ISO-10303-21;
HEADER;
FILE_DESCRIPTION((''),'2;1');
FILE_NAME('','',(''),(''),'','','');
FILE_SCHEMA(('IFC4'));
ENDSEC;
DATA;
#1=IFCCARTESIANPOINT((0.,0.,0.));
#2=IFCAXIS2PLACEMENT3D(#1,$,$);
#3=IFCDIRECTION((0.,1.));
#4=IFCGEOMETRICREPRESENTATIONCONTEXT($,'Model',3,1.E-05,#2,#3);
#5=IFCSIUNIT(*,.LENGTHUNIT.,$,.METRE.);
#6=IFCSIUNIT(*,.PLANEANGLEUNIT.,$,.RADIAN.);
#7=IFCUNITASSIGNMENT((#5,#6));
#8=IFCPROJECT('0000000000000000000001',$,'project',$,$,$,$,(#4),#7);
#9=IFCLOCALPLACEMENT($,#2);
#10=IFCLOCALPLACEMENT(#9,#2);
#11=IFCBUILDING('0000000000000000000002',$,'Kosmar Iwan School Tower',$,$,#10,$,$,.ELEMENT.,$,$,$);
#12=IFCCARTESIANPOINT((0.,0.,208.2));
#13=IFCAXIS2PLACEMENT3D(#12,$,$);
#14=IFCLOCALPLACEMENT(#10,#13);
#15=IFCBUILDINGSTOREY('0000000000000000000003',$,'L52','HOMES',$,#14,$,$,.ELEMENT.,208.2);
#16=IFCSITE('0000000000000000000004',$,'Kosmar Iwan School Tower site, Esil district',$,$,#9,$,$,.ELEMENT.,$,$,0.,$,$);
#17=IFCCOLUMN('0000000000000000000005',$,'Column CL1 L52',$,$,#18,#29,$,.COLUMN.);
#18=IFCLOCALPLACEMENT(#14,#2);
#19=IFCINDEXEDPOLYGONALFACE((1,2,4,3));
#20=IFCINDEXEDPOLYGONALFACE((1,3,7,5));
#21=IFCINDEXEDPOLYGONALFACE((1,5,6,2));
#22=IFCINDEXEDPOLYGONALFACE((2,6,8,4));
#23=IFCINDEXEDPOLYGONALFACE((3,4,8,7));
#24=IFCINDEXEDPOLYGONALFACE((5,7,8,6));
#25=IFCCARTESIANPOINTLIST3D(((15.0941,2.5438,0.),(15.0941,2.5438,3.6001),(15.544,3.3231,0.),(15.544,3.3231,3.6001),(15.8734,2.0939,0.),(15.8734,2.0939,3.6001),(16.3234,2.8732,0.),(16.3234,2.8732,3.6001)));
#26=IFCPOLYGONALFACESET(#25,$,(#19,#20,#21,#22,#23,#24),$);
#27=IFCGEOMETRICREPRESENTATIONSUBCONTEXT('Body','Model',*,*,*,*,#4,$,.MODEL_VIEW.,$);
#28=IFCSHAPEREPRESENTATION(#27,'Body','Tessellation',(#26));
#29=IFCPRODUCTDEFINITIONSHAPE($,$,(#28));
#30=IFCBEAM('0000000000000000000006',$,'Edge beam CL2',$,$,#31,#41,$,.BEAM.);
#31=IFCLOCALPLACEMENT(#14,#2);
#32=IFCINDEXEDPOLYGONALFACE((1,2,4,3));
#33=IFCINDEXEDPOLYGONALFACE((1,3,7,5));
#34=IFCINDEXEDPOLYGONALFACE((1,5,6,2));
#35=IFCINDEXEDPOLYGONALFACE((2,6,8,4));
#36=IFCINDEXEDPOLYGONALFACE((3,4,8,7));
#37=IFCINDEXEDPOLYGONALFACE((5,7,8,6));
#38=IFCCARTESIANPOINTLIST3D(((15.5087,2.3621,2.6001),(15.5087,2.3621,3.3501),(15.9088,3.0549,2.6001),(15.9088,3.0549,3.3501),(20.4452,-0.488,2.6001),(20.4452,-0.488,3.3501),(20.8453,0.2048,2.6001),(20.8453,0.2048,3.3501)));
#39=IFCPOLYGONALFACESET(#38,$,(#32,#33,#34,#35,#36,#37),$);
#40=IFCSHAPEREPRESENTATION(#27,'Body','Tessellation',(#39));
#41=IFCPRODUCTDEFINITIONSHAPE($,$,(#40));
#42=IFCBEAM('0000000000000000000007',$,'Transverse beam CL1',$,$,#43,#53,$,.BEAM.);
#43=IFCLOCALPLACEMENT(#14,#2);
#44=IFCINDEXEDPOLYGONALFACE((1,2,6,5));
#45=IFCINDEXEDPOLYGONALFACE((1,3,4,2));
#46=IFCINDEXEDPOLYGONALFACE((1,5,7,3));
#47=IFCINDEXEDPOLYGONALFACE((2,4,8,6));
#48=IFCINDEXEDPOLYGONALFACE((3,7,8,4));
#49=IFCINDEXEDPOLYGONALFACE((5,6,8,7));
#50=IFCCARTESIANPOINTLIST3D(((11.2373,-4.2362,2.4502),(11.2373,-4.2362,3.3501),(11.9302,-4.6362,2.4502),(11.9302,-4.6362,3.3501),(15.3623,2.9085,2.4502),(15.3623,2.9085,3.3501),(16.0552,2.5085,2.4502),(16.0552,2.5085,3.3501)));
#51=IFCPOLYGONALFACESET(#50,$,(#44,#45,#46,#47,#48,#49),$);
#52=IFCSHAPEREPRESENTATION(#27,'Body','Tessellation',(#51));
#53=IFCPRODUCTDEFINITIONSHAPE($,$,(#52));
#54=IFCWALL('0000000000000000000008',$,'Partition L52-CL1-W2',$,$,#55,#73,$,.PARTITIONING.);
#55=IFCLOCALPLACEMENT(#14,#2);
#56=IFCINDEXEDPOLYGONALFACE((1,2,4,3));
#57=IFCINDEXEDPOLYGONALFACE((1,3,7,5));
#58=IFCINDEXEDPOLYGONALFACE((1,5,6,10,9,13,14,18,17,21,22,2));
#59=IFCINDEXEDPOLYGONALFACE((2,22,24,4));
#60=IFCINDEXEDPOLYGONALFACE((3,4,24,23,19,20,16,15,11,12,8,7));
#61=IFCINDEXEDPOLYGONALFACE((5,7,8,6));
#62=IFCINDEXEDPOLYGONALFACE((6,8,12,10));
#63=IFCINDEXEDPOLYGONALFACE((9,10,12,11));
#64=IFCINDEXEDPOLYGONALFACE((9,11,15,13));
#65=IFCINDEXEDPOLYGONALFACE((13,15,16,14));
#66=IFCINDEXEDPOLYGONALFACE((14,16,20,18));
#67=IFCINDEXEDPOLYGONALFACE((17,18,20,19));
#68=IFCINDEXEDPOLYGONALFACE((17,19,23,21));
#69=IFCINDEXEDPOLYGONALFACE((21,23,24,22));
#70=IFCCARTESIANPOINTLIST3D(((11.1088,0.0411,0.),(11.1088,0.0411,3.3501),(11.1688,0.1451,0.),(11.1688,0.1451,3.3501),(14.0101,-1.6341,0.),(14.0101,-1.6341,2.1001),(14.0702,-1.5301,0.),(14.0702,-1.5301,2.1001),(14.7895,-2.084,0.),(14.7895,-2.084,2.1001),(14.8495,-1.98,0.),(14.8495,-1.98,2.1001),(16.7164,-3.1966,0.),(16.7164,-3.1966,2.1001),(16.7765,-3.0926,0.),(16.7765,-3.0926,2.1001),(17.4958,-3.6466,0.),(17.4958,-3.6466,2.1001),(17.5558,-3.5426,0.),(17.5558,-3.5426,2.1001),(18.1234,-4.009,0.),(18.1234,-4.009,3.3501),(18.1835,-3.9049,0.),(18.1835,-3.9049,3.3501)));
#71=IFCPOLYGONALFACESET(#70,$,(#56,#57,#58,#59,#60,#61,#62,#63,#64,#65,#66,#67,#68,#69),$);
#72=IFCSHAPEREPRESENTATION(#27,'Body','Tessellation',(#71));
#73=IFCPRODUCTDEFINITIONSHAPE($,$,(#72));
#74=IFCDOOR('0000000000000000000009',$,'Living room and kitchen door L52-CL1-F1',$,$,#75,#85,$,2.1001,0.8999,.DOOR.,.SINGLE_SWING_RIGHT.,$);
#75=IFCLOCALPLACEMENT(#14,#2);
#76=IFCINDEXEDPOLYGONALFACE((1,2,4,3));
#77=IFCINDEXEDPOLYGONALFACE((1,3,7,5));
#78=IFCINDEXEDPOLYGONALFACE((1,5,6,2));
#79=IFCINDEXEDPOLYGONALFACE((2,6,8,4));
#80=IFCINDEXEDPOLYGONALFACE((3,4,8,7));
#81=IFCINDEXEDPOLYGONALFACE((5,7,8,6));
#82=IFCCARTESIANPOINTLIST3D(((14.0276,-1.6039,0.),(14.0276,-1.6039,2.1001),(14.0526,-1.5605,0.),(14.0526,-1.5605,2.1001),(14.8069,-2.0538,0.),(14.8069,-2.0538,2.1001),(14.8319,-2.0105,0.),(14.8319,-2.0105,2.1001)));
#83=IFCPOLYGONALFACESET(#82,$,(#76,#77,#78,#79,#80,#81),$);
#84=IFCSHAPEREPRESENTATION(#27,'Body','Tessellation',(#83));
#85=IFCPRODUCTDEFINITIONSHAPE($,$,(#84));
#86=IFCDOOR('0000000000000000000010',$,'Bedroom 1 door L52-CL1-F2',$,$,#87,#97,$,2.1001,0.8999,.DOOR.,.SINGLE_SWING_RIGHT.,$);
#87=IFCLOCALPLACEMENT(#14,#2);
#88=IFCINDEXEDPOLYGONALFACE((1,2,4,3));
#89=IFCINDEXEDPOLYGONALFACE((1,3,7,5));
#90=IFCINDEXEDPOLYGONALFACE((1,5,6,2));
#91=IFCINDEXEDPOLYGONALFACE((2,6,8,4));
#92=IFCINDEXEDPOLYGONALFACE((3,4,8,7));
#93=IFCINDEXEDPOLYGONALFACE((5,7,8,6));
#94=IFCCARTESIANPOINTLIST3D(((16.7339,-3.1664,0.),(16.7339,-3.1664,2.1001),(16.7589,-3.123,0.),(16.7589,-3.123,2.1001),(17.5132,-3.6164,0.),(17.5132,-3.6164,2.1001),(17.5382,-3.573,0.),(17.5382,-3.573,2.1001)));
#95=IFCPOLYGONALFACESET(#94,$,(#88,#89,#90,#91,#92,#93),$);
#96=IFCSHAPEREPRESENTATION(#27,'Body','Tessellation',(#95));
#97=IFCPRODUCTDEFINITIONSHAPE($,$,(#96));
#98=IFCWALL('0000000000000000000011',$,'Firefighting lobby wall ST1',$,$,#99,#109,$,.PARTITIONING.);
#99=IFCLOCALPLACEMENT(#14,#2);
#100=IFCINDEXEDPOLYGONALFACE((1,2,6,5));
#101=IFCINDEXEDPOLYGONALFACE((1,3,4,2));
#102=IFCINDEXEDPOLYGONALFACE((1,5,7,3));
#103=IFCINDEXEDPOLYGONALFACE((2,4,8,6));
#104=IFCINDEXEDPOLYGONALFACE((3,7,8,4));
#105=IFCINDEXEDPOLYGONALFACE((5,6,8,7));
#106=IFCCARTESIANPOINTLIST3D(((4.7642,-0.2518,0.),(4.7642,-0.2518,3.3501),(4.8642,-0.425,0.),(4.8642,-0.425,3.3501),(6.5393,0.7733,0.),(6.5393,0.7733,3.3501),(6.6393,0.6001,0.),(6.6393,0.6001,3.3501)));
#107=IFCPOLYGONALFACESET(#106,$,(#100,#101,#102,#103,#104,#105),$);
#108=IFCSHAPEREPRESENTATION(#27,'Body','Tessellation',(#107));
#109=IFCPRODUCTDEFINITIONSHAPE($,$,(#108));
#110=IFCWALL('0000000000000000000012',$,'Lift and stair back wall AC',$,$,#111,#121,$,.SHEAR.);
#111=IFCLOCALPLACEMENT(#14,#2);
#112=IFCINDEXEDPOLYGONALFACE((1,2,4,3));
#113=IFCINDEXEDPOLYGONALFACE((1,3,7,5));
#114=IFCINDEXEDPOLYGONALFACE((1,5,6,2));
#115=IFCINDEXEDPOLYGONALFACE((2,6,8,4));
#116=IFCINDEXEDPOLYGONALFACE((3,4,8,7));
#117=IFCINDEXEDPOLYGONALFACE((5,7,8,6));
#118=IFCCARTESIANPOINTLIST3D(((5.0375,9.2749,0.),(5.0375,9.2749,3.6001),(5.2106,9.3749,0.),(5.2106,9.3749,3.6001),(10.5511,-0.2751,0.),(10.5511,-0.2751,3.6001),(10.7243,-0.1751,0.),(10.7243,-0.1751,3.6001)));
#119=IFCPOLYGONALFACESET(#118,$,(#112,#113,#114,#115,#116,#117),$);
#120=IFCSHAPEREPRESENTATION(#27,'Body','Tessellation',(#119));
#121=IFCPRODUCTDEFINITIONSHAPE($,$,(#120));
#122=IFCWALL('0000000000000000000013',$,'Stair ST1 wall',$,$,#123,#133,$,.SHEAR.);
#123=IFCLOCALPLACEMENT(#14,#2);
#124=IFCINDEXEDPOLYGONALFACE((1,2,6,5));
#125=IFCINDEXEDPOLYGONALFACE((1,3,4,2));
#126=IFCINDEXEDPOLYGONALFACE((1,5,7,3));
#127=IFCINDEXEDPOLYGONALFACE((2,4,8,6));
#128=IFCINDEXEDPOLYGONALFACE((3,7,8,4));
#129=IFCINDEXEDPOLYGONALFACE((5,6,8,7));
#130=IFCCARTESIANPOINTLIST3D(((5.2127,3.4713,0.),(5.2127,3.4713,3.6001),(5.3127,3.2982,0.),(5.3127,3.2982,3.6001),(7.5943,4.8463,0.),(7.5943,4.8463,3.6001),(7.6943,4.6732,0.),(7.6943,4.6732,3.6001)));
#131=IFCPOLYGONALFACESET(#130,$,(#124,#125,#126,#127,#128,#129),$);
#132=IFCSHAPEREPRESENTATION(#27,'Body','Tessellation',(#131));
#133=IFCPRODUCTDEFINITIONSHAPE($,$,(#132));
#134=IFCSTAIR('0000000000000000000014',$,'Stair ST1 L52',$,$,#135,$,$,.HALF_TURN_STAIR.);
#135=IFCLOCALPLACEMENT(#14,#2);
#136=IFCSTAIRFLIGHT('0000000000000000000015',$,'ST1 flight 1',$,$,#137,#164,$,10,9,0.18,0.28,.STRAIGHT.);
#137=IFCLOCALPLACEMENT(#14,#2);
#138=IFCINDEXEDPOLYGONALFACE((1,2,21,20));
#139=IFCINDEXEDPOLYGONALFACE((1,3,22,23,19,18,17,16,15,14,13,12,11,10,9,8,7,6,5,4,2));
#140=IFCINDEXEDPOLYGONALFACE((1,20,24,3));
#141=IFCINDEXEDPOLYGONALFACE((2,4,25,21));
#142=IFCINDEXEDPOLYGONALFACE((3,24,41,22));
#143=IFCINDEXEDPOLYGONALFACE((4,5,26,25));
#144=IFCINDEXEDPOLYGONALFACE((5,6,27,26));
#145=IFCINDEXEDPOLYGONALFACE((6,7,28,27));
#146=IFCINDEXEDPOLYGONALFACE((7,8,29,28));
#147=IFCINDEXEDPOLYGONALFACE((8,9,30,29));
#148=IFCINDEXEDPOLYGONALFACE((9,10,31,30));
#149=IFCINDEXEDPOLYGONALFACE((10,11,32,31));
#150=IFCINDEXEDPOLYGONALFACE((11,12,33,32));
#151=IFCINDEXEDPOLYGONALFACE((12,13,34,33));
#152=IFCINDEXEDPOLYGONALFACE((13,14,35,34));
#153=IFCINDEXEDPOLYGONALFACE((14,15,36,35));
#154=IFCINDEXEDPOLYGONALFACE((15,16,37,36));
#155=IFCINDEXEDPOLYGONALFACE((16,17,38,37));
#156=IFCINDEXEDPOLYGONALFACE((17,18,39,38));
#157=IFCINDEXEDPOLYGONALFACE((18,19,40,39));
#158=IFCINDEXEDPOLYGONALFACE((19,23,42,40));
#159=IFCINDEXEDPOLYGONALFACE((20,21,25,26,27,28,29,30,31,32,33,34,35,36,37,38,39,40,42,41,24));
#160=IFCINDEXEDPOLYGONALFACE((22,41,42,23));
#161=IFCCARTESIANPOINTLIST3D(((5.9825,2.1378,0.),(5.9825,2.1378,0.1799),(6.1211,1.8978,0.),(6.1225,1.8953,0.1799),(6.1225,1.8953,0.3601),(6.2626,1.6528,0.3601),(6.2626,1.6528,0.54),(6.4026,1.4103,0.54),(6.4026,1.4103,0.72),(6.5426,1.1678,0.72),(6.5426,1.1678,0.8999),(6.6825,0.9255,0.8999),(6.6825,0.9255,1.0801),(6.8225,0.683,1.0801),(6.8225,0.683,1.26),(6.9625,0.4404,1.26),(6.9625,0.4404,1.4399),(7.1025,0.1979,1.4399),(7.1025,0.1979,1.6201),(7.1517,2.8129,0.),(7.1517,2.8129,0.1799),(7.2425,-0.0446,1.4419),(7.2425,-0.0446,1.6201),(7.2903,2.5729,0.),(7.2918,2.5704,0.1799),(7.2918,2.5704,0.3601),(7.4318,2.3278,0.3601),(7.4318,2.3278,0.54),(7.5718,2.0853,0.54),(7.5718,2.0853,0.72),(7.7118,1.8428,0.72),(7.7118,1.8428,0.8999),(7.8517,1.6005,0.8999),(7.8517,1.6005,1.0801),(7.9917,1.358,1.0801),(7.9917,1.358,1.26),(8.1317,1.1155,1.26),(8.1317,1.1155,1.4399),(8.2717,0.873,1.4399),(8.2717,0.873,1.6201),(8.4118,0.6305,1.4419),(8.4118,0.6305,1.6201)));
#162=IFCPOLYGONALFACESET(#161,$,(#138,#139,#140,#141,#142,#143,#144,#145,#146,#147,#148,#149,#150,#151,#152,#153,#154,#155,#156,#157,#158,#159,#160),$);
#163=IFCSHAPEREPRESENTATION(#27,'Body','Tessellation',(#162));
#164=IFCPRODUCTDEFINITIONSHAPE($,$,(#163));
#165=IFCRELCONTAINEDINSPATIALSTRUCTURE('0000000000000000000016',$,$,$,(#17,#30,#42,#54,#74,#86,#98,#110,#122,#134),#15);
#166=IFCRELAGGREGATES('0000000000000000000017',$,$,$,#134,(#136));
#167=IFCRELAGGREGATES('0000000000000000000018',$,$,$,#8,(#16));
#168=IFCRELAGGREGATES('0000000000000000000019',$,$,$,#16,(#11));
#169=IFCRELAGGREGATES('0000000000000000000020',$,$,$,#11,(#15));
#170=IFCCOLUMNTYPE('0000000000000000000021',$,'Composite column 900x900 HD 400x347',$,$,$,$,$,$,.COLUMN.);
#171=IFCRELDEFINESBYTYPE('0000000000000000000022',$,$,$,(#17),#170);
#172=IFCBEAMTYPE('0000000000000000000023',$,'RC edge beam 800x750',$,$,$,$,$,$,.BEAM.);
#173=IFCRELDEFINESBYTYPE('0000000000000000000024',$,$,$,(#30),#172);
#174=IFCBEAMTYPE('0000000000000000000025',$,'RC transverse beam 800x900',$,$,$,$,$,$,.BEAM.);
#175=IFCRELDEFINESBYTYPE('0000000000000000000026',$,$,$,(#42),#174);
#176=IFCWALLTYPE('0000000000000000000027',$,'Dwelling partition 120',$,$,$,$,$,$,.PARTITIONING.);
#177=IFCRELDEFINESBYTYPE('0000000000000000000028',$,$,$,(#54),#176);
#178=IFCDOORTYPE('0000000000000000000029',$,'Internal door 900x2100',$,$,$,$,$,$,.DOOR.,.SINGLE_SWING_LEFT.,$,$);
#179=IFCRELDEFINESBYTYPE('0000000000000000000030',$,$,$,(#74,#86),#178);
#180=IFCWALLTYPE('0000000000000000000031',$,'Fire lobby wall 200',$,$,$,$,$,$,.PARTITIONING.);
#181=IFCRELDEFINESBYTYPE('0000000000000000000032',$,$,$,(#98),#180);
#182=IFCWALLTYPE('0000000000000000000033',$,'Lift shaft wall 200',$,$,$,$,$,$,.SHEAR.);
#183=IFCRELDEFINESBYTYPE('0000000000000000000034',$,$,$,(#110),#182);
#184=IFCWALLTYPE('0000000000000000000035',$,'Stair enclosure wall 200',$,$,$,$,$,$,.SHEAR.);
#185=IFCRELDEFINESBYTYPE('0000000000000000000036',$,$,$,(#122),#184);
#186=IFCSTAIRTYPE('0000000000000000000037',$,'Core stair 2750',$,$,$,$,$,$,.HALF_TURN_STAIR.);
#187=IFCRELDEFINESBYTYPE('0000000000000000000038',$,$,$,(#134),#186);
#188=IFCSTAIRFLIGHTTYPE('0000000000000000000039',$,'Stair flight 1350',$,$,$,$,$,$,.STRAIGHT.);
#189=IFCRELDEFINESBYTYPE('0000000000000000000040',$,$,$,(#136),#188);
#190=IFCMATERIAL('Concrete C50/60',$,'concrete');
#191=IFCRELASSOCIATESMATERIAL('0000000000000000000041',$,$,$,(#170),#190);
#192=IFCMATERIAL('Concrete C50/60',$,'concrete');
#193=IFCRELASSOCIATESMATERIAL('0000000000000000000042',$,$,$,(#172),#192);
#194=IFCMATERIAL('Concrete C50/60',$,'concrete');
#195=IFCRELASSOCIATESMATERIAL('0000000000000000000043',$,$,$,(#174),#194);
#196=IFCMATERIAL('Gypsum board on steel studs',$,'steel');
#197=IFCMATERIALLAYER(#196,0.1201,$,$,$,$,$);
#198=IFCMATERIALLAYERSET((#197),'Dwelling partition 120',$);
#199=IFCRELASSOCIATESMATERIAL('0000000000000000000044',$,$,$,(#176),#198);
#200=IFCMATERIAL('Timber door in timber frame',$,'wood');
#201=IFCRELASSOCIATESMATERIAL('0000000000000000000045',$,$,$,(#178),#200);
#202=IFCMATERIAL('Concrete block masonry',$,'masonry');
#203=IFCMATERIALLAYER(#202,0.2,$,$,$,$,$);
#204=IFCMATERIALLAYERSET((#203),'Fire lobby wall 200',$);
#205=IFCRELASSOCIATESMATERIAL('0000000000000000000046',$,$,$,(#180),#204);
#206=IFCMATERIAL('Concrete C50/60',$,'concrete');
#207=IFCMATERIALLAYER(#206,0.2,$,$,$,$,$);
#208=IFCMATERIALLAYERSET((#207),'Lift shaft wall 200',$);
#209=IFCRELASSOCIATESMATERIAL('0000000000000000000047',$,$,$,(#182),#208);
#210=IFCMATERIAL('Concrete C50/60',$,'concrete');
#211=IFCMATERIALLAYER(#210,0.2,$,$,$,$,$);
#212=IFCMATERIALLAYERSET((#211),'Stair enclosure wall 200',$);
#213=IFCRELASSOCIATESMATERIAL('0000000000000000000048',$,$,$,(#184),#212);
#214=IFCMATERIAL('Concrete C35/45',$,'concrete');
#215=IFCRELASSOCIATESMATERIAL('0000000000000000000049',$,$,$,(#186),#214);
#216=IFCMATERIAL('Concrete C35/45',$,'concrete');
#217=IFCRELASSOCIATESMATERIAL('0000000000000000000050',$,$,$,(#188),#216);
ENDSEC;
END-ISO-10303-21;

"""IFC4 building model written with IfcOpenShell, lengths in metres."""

from ifc_helpers import new_model, si_unit, direction, frame, frame_2d, origin, origin_2d, place, context, subcontext, project, spatial, polyline, rectangle, outline, extrude, material, layer, layer_set, material_profile, profile_set, type_object, element, fill, aggregate, save


model = new_model("IFC4")

# Units and contexts
model_context = context("Model", 3, precision=1e-05, world=origin(), true_north=direction((0.0, 1.0)))
body_context = subcontext(model_context, "Body", "Model", "MODEL_VIEW")
ifc_project = project(units=[si_unit("LENGTHUNIT", "METRE"), si_unit("PLANEANGLEUNIT", "RADIAN")], contexts=[model_context])

# Site, building, storey
site_placement = place(None, origin())
site = spatial("IfcSite", under=ifc_project, at=site_placement, Name="Kosmar Iwan School Tower site, Esil district", CompositionType="ELEMENT", RefElevation=0.0)
building_placement = place(site_placement, origin())
building = spatial("IfcBuilding", under=site, at=building_placement, Name="Kosmar Iwan School Tower", CompositionType="ELEMENT")
storey_placement = place(building_placement, frame((0.0, 0.0, 208.2)))
storey = spatial("IfcBuildingStorey", under=building, at=storey_placement, Name="L52", Description="HOMES", CompositionType="ELEMENT", Elevation=208.2)

# Column
ifc_material_1 = material(Name="Concrete C50/60", Category="concrete")
ifc_material_profile_1 = material_profile(ifc_material_1, rectangle(XDim=0.8999, YDim=0.8999, at=origin_2d()), Name="RC 900x900 + HD 400x347")
ifc_profile_set_1 = profile_set([ifc_material_profile_1], Name="Concrete C50/60")
column_type = type_object("IfcColumnType", Name="Composite column 900x900 HD 400x347", PredefinedType="COLUMN", material=ifc_profile_set_1)
column_placement = place(storey_placement, frame((15.7087, 2.7085, 0.0), z_axis=(0.0, 0.0, 1.0), x_axis=(0.866025, -0.5, 0.0)))
element("IfcColumn", 1, at=column_placement, inside=storey, type_object=column_type, Name="Column CL1 L52", PredefinedType="COLUMN", context=body_context, shape_type="SweptSolid", body=[
    extrude(rectangle(XDim=0.8999, YDim=0.8999, at=origin_2d()), origin(), (0.0, 0.0, 1.0), 3.6001),
])

# Beams
ifc_material_2 = material(Name="Concrete C50/60", Category="concrete")
ifc_material_profile_2 = material_profile(ifc_material_2, rectangle(XDim=0.8, YDim=0.75, at=origin_2d()), Name="RC 800x750")
ifc_profile_set_2 = profile_set([ifc_material_profile_2], Name="Concrete C50/60")
beam_type_1 = type_object("IfcBeamType", Name="RC edge beam 800x750", PredefinedType="BEAM", material=ifc_profile_set_2)
beam_1_placement = place(storey_placement, frame((15.7087, 2.7085, 2.9751), z_axis=(0.866026, -0.499999, 0.0), x_axis=(0.499999, 0.866026, 0.0)))
element("IfcBeam", 2, at=beam_1_placement, inside=storey, type_object=beam_type_1, Name="Edge beam CL2", PredefinedType="BEAM", context=body_context, shape_type="SweptSolid", body=[
    extrude(rectangle(XDim=0.8, YDim=0.75, at=origin_2d()), origin(), (0.0, 0.0, 1.0), 5.7002),
])
ifc_material_3 = material(Name="Concrete C50/60", Category="concrete")
ifc_material_profile_3 = material_profile(ifc_material_3, rectangle(XDim=0.8, YDim=0.8999, at=origin_2d()), Name="RC 800x900")
ifc_profile_set_3 = profile_set([ifc_material_profile_3], Name="Concrete C50/60")
beam_type_2 = type_object("IfcBeamType", Name="RC transverse beam 800x900", PredefinedType="BEAM", material=ifc_profile_set_3)
beam_2_placement = place(storey_placement, frame((15.7087, 2.7085, 2.9001), z_axis=(-0.499997, -0.866027, 0.0), x_axis=(0.866027, -0.499997, 0.0)))
element("IfcBeam", 3, at=beam_2_placement, inside=storey, type_object=beam_type_2, Name="Transverse beam CL1", PredefinedType="BEAM", context=body_context, shape_type="SweptSolid", body=[
    extrude(rectangle(XDim=0.8, YDim=0.8999, at=origin_2d()), origin(), (0.0, 0.0, 1.0), 8.25),
])

# Wall, openings, doors
ifc_material_4 = material(Name="Gypsum board on steel studs", Category="steel")
ifc_layer_1 = layer(ifc_material_4, 0.1201)
ifc_layer_set_1 = layer_set([ifc_layer_1], Name="Dwelling partition 120")
wall_type_1 = type_object("IfcWallType", Name="Dwelling partition 120", PredefinedType="PARTITIONING", material=ifc_layer_set_1)
wall_1_placement = place(storey_placement, frame((11.1389, 0.093, 0.0), z_axis=(0.0, 0.0, 1.0), x_axis=(0.866018, -0.500013, 0.0)))
wall_1 = element("IfcWall", 4, at=wall_1_placement, inside=storey, type_object=wall_type_1, Name="Partition L52-CL1-W2", PredefinedType="PARTITIONING", context=body_context, shape_type="SweptSolid", body=[
    extrude(rectangle(XDim=8.0999, YDim=0.1201, at=frame_2d((4.0498, 0.0))), origin(), (0.0, 0.0, 1.0), 3.3501),
])
opening_1_placement = place(wall_1_placement, frame((3.3501, 0.0, 0.0)))
opening_1 = element("IfcOpeningElement", 5, at=opening_1_placement, cuts=wall_1, PredefinedType="OPENING", context=body_context, shape_type="SweptSolid", body=[
    extrude(rectangle(XDim=0.8999, YDim=2.1001, at=frame_2d((0.45, 1.05))), frame((0.0, 0.072, 0.0), z_axis=(0.0, -1.0, 0.0), x_axis=(1.0, 0.0, 0.0)), (0.0, 0.0, 1.0), 0.144),
])
opening_2_placement = place(wall_1_placement, frame((6.4751, 0.0, 0.0)))
opening_2 = element("IfcOpeningElement", 6, at=opening_2_placement, cuts=wall_1, PredefinedType="OPENING", context=body_context, shape_type="SweptSolid", body=[
    extrude(rectangle(XDim=0.8999, YDim=2.1001, at=frame_2d((0.45, 1.05))), frame((0.0, 0.072, 0.0), z_axis=(0.0, -1.0, 0.0), x_axis=(1.0, 0.0, 0.0)), (0.0, 0.0, 1.0), 0.144),
])
ifc_material_5 = material(Name="Timber door in timber frame", Category="wood")
door_type = type_object("IfcDoorType", Name="Internal door 900x2100", OperationType="SINGLE_SWING_LEFT", PredefinedType="DOOR", material=ifc_material_5)
door_1_placement = place(opening_1_placement, origin())
door_1 = element("IfcDoor", 7, at=door_1_placement, inside=storey, type_object=door_type, Name="Living room and kitchen door L52-CL1-F1", OperationType="SINGLE_SWING_RIGHT", OverallHeight=2.1001, OverallWidth=0.8999, PredefinedType="DOOR", context=body_context, shape_type="SweptSolid", body=[
    extrude(rectangle(XDim=0.8999, YDim=2.1001, at=frame_2d((0.45, 1.05))), frame((0.0, 0.0249, 0.0), z_axis=(0.0, -1.0, 0.0), x_axis=(1.0, 0.0, 0.0)), (0.0, 0.0, 1.0), 0.05),
])
fill(opening_1, door_1)
door_2_placement = place(opening_2_placement, origin())
door_2 = element("IfcDoor", 8, at=door_2_placement, inside=storey, type_object=door_type, Name="Bedroom 1 door L52-CL1-F2", OperationType="SINGLE_SWING_RIGHT", OverallHeight=2.1001, OverallWidth=0.8999, PredefinedType="DOOR", context=body_context, shape_type="SweptSolid", body=[
    extrude(rectangle(XDim=0.8999, YDim=2.1001, at=frame_2d((0.45, 1.05))), frame((0.0, 0.0249, 0.0), z_axis=(0.0, -1.0, 0.0), x_axis=(1.0, 0.0, 0.0)), (0.0, 0.0, 1.0), 0.05),
])
fill(opening_2, door_2)

# Walls
ifc_material_6 = material(Name="Concrete block masonry", Category="masonry")
ifc_layer_2 = layer(ifc_material_6, 0.2)
ifc_layer_set_2 = layer_set([ifc_layer_2], Name="Fire lobby wall 200")
wall_type_2 = type_object("IfcWallType", Name="Fire lobby wall 200", PredefinedType="PARTITIONING", material=ifc_layer_set_2)
wall_2_placement = place(storey_placement, frame((4.8142, -0.3384, 0.0), z_axis=(0.0, 0.0, 1.0), x_axis=(0.865969, 0.500097, 0.0)))
element("IfcWall", 9, at=wall_2_placement, inside=storey, type_object=wall_type_2, Name="Firefighting lobby wall ST1", PredefinedType="PARTITIONING", context=body_context, shape_type="SweptSolid", body=[
    extrude(rectangle(XDim=2.0498, YDim=0.2, at=frame_2d((1.0249, 0.0))), origin(), (0.0, 0.0, 1.0), 3.3501),
])
ifc_material_7 = material(Name="Concrete C50/60", Category="concrete")
ifc_layer_3 = layer(ifc_material_7, 0.2)
ifc_layer_set_3 = layer_set([ifc_layer_3], Name="Lift shaft wall 200")
wall_type_3 = type_object("IfcWallType", Name="Lift shaft wall 200", PredefinedType="SHEAR", material=ifc_layer_set_3)
wall_3_placement = place(storey_placement, frame((10.6377, -0.2251, 0.0), z_axis=(0.0, 0.0, 1.0), x_axis=(-0.499997, 0.866027, 0.0)))
element("IfcWall", 10, at=wall_3_placement, inside=storey, type_object=wall_type_3, Name="Lift and stair back wall AC", PredefinedType="SHEAR", context=body_context, shape_type="SweptSolid", body=[
    extrude(rectangle(XDim=11.0273, YDim=0.2, at=frame_2d((5.5137, 0.0))), origin(), (0.0, 0.0, 1.0), 3.6001),
])
ifc_material_8 = material(Name="Concrete C50/60", Category="concrete")
ifc_layer_4 = layer(ifc_material_8, 0.2)
ifc_layer_set_4 = layer_set([ifc_layer_4], Name="Stair enclosure wall 200")
wall_type_4 = type_object("IfcWallType", Name="Stair enclosure wall 200", PredefinedType="SHEAR", material=ifc_layer_set_4)
wall_4_placement = place(storey_placement, frame((5.2627, 3.3848, 0.0), z_axis=(0.0, 0.0, 1.0), x_axis=(0.866027, 0.499997, 0.0)))
element("IfcWall", 11, at=wall_4_placement, inside=storey, type_object=wall_type_4, Name="Stair ST1 wall", PredefinedType="SHEAR", context=body_context, shape_type="SweptSolid", body=[
    extrude(rectangle(XDim=2.75, YDim=0.2, at=frame_2d((1.375, 0.0))), origin(), (0.0, 0.0, 1.0), 3.6001),
])

# Stair, stair flight
ifc_material_9 = material(Name="Concrete C35/45", Category="concrete")
stair_type = type_object("IfcStairType", Name="Core stair 2750", PredefinedType="HALF_TURN_STAIR", material=ifc_material_9)
stair_placement = place(storey_placement, origin())
stair = element("IfcStair", 12, at=stair_placement, inside=storey, type_object=stair_type, Name="Stair ST1 L52", PredefinedType="HALF_TURN_STAIR")
ifc_material_10 = material(Name="Concrete C35/45", Category="concrete")
stair_flight_type = type_object("IfcStairFlightType", Name="Stair flight 1350", PredefinedType="STRAIGHT", material=ifc_material_10)
stair_flight_1_placement = place(storey_placement, frame((6.5671, 2.4753, 0.0), z_axis=(0.0, 0.0, 1.0), x_axis=(0.5, -0.866025, 0.0)))
stair_flight_1 = element("IfcStairFlight", 13, at=stair_flight_1_placement, type_object=stair_flight_type, Name="ST1 flight 1", NumberOfRisers=10, NumberOfTreads=9, PredefinedType="STRAIGHT", RiserHeight=0.18, TreadLength=0.28, context=body_context, shape_type="SweptSolid", body=[
    extrude(outline(polyline([(0.0, 0.0), (0.0, 0.1799), (0.28, 0.1799), (0.28, 0.3601), (0.5601, 0.3601), (0.5601, 0.54), (0.8401, 0.54), (0.8401, 0.72), (1.1201, 0.72), (1.1201, 0.8999), (1.3999, 0.8999), (1.3999, 1.0801), (1.6799, 1.0801), (1.6799, 1.26), (1.96, 1.26), (1.96, 1.4399), (2.24, 1.4399), (2.24, 1.6201), (2.52, 1.6201), (2.52, 1.8), (2.52, 1.4419), (0.2771, 0.0), (0.0, 0.0)])), frame((0.0, 0.675, 0.0), z_axis=(0.0, -1.0, 0.0), x_axis=(1.0, 0.0, 0.0)), (0.0, 0.0, 1.0), 1.3501),
])
aggregate(stair, [stair_flight_1])

save(model, "model.ifc")
